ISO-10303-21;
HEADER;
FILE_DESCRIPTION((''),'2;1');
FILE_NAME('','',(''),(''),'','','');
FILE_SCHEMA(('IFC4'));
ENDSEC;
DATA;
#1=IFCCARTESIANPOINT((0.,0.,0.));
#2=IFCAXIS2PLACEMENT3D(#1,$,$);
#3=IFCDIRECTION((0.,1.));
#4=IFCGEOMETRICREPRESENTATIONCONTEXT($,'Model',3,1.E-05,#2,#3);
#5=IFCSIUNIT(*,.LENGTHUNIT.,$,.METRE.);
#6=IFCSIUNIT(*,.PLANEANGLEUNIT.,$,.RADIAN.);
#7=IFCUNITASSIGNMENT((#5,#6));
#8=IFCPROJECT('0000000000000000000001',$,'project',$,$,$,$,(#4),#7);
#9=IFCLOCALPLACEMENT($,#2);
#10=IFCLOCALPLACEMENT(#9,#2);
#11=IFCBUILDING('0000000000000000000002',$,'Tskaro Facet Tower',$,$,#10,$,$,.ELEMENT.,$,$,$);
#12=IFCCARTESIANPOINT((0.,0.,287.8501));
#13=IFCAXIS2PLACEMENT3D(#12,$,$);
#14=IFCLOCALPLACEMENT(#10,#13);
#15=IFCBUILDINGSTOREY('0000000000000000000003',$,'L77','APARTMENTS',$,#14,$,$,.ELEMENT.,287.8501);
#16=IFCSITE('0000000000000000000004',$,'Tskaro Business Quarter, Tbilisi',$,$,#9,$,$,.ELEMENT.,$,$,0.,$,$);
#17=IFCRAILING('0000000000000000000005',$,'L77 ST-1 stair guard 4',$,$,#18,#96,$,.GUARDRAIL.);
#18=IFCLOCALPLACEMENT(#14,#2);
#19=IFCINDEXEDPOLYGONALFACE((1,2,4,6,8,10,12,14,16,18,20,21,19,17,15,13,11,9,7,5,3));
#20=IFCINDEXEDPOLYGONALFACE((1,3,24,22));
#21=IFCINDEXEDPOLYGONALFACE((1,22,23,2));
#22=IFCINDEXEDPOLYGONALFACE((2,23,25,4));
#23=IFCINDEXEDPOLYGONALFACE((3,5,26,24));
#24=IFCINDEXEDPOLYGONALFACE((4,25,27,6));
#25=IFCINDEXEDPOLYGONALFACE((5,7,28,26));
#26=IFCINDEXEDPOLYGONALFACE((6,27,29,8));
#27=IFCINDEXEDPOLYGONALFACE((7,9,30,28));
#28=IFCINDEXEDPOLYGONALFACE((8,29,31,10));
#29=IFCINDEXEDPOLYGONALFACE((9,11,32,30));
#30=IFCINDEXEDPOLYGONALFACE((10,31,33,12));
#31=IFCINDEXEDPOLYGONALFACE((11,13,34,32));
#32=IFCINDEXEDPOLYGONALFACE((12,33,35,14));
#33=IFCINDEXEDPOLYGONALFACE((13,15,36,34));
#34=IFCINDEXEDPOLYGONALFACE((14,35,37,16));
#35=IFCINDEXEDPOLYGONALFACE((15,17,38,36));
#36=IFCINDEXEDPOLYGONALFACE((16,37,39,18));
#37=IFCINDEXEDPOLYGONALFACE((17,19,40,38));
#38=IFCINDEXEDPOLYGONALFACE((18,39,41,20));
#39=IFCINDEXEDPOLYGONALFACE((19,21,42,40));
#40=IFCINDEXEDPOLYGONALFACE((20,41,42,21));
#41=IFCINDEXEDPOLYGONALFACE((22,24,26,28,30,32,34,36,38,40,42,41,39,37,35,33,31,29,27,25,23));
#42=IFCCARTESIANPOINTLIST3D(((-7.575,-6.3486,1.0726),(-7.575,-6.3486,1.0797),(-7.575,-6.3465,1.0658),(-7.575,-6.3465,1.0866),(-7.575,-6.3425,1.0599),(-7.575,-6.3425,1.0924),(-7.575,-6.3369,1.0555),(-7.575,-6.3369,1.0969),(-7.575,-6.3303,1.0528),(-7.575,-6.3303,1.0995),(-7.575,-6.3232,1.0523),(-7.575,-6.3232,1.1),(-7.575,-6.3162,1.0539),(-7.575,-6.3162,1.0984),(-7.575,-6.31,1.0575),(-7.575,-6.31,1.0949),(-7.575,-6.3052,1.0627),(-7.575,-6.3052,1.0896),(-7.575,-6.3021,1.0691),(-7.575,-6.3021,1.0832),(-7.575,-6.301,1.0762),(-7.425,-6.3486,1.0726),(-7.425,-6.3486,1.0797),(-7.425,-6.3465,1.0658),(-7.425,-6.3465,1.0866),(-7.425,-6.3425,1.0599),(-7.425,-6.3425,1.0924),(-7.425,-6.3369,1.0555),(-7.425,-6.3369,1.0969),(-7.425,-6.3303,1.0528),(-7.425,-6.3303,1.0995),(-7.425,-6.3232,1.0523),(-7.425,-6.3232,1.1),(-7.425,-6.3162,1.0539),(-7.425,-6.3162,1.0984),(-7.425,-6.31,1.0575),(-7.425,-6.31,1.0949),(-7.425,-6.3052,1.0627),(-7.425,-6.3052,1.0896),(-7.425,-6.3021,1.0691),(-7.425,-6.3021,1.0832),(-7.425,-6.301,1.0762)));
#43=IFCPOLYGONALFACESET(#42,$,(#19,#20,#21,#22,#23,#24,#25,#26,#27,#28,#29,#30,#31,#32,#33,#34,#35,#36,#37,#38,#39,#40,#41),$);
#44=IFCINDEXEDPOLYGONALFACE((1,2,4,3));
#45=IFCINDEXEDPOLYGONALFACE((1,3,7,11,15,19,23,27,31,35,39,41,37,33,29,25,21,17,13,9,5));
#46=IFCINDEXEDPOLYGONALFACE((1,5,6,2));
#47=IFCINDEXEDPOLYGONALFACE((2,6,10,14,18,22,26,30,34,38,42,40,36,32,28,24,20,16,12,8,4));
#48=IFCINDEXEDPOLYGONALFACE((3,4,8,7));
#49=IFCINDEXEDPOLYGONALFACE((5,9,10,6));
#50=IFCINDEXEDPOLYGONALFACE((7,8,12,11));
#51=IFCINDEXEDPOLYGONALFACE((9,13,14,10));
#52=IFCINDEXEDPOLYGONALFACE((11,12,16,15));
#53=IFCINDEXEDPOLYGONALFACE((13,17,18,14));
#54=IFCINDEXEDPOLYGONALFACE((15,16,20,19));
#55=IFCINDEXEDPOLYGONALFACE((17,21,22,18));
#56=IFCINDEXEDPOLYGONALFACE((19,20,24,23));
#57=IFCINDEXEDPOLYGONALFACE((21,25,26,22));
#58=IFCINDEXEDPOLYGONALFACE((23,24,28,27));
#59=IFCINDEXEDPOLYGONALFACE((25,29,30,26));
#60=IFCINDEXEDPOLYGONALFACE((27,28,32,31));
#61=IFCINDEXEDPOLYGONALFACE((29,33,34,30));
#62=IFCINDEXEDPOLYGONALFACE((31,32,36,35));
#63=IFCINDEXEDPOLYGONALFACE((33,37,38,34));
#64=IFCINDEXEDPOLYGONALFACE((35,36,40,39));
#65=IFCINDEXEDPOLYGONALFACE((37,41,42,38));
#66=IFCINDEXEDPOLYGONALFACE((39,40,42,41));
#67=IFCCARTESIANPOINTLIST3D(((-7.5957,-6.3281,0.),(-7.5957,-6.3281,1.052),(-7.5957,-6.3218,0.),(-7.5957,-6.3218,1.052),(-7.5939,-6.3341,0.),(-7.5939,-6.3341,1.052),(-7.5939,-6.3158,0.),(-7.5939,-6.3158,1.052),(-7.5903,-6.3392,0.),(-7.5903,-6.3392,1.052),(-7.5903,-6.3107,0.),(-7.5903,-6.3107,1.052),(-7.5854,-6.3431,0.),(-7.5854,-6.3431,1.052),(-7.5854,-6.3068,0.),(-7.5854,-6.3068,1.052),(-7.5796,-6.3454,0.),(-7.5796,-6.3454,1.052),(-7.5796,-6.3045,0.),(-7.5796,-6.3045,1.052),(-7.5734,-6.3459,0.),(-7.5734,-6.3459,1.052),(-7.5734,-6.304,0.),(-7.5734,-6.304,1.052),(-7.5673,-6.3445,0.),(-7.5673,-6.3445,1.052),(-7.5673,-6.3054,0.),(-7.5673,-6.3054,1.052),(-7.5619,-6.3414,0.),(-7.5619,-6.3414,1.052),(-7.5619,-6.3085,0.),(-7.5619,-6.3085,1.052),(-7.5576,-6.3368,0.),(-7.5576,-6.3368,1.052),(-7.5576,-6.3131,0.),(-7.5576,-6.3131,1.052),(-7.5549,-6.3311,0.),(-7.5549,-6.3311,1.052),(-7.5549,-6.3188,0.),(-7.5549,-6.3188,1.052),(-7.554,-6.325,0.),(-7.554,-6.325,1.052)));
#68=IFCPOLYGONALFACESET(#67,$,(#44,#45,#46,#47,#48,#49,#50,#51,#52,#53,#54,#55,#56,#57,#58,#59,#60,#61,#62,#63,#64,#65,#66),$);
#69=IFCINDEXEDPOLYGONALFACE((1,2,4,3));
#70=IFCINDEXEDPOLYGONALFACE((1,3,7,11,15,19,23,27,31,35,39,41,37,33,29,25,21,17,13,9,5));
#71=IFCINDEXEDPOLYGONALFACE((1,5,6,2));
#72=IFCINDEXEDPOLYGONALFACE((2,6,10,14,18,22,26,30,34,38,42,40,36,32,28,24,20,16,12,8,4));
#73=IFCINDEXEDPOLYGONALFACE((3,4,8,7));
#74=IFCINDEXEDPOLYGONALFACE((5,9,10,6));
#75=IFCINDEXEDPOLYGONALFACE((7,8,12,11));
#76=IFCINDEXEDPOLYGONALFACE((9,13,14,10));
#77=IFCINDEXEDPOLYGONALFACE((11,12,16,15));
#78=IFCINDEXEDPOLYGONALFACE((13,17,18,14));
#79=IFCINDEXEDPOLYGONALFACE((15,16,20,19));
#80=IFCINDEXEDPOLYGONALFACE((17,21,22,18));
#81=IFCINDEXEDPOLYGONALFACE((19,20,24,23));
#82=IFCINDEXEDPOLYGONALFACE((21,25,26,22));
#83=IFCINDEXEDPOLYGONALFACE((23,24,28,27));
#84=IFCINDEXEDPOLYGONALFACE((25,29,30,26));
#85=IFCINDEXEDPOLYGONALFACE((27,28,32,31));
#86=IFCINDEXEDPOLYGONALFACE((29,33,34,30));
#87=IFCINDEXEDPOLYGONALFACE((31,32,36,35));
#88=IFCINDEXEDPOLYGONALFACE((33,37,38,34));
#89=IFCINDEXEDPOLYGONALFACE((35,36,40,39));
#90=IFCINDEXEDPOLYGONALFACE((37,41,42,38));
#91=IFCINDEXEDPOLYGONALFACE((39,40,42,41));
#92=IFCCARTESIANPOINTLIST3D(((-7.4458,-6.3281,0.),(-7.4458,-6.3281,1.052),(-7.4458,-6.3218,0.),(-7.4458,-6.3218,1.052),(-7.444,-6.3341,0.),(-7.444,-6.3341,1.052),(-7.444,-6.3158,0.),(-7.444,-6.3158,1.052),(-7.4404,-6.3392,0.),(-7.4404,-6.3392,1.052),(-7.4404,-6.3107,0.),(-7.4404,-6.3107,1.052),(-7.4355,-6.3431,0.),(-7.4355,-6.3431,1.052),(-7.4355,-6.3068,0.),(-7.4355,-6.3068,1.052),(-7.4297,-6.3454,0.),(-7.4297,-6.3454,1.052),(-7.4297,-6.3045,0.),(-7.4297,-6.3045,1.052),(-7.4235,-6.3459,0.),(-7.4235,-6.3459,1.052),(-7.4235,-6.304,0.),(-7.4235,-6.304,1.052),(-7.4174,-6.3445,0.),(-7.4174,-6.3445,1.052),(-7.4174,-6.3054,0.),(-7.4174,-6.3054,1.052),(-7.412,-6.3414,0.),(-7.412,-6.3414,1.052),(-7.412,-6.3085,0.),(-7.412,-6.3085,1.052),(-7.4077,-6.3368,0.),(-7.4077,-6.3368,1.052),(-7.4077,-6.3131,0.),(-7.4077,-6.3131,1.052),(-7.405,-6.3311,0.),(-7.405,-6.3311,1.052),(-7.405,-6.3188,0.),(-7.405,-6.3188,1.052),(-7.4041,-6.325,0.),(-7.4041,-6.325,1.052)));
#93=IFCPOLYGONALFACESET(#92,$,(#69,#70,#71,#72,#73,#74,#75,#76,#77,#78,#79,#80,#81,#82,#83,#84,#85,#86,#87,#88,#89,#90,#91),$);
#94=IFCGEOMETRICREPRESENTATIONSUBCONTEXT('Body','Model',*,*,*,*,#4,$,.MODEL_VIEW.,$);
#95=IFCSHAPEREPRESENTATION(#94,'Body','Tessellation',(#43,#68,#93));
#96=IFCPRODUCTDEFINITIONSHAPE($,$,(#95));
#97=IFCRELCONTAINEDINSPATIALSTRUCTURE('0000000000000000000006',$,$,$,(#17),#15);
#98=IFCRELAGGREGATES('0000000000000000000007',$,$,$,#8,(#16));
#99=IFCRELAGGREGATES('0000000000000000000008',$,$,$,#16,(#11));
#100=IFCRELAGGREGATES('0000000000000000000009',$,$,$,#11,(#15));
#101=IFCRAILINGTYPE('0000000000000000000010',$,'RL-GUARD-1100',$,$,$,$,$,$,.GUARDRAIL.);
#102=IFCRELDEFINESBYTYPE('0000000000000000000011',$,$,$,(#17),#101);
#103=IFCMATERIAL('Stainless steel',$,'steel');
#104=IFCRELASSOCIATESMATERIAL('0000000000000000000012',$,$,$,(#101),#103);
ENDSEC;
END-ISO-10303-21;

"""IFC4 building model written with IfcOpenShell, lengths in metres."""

from ifc_helpers import new_model, si_unit, direction, frame, origin, origin_2d, place, context, subcontext, project, spatial, circle, extrude, material, type_object, element, save


model = new_model("IFC4")

# Units and contexts
model_context = context("Model", 3, precision=1e-05, world=origin(), true_north=direction((0.0, 1.0)))
body_context = subcontext(model_context, "Body", "Model", "MODEL_VIEW")
ifc_project = project(units=[si_unit("LENGTHUNIT", "METRE"), si_unit("PLANEANGLEUNIT", "RADIAN")], contexts=[model_context])

# Site, building, storey
site_placement = place(None, origin())
site = spatial("IfcSite", under=ifc_project, at=site_placement, Name="Tskaro Business Quarter, Tbilisi", CompositionType="ELEMENT", RefElevation=0.0)
building_placement = place(site_placement, origin())
building = spatial("IfcBuilding", under=site, at=building_placement, Name="Tskaro Facet Tower", CompositionType="ELEMENT")
storey_placement = place(building_placement, frame((0.0, 0.0, 287.8501)))
storey = spatial("IfcBuildingStorey", under=building, at=storey_placement, Name="L77", Description="APARTMENTS", CompositionType="ELEMENT", Elevation=287.8501)

# Shared definitions
ifc_material_1 = material(Name="Stainless steel", Category="steel")

# Railing
railing_type_1 = type_object("IfcRailingType", Name="RL-GUARD-1100", PredefinedType="GUARDRAIL", material=ifc_material_1)
railing_1_placement = place(storey_placement, frame((-7.575, -6.325, 0.0)))
element("IfcRailing", 1, at=railing_1_placement, inside=storey, type_object=railing_type_1, Name="L77 ST-1 stair guard 4", PredefinedType="GUARDRAIL", context=body_context, shape_type="SweptSolid", body=[
    extrude(circle(Radius=0.0239, at=origin_2d()), frame((0.0, 0.0, 1.0762), z_axis=(1.0, 0.0, 0.0), x_axis=(0.0, 1.0, 0.0)), (0.0, 0.0, 1.0), 0.1499),
    extrude(circle(Radius=0.021, at=origin_2d()), origin(), (0.0, 0.0, 1.0), 1.052),
    extrude(circle(Radius=0.021, at=origin_2d()), frame((0.1499, 0.0, 0.0)), (0.0, 0.0, 1.0), 1.052),
])

save(model, "model.ifc")
